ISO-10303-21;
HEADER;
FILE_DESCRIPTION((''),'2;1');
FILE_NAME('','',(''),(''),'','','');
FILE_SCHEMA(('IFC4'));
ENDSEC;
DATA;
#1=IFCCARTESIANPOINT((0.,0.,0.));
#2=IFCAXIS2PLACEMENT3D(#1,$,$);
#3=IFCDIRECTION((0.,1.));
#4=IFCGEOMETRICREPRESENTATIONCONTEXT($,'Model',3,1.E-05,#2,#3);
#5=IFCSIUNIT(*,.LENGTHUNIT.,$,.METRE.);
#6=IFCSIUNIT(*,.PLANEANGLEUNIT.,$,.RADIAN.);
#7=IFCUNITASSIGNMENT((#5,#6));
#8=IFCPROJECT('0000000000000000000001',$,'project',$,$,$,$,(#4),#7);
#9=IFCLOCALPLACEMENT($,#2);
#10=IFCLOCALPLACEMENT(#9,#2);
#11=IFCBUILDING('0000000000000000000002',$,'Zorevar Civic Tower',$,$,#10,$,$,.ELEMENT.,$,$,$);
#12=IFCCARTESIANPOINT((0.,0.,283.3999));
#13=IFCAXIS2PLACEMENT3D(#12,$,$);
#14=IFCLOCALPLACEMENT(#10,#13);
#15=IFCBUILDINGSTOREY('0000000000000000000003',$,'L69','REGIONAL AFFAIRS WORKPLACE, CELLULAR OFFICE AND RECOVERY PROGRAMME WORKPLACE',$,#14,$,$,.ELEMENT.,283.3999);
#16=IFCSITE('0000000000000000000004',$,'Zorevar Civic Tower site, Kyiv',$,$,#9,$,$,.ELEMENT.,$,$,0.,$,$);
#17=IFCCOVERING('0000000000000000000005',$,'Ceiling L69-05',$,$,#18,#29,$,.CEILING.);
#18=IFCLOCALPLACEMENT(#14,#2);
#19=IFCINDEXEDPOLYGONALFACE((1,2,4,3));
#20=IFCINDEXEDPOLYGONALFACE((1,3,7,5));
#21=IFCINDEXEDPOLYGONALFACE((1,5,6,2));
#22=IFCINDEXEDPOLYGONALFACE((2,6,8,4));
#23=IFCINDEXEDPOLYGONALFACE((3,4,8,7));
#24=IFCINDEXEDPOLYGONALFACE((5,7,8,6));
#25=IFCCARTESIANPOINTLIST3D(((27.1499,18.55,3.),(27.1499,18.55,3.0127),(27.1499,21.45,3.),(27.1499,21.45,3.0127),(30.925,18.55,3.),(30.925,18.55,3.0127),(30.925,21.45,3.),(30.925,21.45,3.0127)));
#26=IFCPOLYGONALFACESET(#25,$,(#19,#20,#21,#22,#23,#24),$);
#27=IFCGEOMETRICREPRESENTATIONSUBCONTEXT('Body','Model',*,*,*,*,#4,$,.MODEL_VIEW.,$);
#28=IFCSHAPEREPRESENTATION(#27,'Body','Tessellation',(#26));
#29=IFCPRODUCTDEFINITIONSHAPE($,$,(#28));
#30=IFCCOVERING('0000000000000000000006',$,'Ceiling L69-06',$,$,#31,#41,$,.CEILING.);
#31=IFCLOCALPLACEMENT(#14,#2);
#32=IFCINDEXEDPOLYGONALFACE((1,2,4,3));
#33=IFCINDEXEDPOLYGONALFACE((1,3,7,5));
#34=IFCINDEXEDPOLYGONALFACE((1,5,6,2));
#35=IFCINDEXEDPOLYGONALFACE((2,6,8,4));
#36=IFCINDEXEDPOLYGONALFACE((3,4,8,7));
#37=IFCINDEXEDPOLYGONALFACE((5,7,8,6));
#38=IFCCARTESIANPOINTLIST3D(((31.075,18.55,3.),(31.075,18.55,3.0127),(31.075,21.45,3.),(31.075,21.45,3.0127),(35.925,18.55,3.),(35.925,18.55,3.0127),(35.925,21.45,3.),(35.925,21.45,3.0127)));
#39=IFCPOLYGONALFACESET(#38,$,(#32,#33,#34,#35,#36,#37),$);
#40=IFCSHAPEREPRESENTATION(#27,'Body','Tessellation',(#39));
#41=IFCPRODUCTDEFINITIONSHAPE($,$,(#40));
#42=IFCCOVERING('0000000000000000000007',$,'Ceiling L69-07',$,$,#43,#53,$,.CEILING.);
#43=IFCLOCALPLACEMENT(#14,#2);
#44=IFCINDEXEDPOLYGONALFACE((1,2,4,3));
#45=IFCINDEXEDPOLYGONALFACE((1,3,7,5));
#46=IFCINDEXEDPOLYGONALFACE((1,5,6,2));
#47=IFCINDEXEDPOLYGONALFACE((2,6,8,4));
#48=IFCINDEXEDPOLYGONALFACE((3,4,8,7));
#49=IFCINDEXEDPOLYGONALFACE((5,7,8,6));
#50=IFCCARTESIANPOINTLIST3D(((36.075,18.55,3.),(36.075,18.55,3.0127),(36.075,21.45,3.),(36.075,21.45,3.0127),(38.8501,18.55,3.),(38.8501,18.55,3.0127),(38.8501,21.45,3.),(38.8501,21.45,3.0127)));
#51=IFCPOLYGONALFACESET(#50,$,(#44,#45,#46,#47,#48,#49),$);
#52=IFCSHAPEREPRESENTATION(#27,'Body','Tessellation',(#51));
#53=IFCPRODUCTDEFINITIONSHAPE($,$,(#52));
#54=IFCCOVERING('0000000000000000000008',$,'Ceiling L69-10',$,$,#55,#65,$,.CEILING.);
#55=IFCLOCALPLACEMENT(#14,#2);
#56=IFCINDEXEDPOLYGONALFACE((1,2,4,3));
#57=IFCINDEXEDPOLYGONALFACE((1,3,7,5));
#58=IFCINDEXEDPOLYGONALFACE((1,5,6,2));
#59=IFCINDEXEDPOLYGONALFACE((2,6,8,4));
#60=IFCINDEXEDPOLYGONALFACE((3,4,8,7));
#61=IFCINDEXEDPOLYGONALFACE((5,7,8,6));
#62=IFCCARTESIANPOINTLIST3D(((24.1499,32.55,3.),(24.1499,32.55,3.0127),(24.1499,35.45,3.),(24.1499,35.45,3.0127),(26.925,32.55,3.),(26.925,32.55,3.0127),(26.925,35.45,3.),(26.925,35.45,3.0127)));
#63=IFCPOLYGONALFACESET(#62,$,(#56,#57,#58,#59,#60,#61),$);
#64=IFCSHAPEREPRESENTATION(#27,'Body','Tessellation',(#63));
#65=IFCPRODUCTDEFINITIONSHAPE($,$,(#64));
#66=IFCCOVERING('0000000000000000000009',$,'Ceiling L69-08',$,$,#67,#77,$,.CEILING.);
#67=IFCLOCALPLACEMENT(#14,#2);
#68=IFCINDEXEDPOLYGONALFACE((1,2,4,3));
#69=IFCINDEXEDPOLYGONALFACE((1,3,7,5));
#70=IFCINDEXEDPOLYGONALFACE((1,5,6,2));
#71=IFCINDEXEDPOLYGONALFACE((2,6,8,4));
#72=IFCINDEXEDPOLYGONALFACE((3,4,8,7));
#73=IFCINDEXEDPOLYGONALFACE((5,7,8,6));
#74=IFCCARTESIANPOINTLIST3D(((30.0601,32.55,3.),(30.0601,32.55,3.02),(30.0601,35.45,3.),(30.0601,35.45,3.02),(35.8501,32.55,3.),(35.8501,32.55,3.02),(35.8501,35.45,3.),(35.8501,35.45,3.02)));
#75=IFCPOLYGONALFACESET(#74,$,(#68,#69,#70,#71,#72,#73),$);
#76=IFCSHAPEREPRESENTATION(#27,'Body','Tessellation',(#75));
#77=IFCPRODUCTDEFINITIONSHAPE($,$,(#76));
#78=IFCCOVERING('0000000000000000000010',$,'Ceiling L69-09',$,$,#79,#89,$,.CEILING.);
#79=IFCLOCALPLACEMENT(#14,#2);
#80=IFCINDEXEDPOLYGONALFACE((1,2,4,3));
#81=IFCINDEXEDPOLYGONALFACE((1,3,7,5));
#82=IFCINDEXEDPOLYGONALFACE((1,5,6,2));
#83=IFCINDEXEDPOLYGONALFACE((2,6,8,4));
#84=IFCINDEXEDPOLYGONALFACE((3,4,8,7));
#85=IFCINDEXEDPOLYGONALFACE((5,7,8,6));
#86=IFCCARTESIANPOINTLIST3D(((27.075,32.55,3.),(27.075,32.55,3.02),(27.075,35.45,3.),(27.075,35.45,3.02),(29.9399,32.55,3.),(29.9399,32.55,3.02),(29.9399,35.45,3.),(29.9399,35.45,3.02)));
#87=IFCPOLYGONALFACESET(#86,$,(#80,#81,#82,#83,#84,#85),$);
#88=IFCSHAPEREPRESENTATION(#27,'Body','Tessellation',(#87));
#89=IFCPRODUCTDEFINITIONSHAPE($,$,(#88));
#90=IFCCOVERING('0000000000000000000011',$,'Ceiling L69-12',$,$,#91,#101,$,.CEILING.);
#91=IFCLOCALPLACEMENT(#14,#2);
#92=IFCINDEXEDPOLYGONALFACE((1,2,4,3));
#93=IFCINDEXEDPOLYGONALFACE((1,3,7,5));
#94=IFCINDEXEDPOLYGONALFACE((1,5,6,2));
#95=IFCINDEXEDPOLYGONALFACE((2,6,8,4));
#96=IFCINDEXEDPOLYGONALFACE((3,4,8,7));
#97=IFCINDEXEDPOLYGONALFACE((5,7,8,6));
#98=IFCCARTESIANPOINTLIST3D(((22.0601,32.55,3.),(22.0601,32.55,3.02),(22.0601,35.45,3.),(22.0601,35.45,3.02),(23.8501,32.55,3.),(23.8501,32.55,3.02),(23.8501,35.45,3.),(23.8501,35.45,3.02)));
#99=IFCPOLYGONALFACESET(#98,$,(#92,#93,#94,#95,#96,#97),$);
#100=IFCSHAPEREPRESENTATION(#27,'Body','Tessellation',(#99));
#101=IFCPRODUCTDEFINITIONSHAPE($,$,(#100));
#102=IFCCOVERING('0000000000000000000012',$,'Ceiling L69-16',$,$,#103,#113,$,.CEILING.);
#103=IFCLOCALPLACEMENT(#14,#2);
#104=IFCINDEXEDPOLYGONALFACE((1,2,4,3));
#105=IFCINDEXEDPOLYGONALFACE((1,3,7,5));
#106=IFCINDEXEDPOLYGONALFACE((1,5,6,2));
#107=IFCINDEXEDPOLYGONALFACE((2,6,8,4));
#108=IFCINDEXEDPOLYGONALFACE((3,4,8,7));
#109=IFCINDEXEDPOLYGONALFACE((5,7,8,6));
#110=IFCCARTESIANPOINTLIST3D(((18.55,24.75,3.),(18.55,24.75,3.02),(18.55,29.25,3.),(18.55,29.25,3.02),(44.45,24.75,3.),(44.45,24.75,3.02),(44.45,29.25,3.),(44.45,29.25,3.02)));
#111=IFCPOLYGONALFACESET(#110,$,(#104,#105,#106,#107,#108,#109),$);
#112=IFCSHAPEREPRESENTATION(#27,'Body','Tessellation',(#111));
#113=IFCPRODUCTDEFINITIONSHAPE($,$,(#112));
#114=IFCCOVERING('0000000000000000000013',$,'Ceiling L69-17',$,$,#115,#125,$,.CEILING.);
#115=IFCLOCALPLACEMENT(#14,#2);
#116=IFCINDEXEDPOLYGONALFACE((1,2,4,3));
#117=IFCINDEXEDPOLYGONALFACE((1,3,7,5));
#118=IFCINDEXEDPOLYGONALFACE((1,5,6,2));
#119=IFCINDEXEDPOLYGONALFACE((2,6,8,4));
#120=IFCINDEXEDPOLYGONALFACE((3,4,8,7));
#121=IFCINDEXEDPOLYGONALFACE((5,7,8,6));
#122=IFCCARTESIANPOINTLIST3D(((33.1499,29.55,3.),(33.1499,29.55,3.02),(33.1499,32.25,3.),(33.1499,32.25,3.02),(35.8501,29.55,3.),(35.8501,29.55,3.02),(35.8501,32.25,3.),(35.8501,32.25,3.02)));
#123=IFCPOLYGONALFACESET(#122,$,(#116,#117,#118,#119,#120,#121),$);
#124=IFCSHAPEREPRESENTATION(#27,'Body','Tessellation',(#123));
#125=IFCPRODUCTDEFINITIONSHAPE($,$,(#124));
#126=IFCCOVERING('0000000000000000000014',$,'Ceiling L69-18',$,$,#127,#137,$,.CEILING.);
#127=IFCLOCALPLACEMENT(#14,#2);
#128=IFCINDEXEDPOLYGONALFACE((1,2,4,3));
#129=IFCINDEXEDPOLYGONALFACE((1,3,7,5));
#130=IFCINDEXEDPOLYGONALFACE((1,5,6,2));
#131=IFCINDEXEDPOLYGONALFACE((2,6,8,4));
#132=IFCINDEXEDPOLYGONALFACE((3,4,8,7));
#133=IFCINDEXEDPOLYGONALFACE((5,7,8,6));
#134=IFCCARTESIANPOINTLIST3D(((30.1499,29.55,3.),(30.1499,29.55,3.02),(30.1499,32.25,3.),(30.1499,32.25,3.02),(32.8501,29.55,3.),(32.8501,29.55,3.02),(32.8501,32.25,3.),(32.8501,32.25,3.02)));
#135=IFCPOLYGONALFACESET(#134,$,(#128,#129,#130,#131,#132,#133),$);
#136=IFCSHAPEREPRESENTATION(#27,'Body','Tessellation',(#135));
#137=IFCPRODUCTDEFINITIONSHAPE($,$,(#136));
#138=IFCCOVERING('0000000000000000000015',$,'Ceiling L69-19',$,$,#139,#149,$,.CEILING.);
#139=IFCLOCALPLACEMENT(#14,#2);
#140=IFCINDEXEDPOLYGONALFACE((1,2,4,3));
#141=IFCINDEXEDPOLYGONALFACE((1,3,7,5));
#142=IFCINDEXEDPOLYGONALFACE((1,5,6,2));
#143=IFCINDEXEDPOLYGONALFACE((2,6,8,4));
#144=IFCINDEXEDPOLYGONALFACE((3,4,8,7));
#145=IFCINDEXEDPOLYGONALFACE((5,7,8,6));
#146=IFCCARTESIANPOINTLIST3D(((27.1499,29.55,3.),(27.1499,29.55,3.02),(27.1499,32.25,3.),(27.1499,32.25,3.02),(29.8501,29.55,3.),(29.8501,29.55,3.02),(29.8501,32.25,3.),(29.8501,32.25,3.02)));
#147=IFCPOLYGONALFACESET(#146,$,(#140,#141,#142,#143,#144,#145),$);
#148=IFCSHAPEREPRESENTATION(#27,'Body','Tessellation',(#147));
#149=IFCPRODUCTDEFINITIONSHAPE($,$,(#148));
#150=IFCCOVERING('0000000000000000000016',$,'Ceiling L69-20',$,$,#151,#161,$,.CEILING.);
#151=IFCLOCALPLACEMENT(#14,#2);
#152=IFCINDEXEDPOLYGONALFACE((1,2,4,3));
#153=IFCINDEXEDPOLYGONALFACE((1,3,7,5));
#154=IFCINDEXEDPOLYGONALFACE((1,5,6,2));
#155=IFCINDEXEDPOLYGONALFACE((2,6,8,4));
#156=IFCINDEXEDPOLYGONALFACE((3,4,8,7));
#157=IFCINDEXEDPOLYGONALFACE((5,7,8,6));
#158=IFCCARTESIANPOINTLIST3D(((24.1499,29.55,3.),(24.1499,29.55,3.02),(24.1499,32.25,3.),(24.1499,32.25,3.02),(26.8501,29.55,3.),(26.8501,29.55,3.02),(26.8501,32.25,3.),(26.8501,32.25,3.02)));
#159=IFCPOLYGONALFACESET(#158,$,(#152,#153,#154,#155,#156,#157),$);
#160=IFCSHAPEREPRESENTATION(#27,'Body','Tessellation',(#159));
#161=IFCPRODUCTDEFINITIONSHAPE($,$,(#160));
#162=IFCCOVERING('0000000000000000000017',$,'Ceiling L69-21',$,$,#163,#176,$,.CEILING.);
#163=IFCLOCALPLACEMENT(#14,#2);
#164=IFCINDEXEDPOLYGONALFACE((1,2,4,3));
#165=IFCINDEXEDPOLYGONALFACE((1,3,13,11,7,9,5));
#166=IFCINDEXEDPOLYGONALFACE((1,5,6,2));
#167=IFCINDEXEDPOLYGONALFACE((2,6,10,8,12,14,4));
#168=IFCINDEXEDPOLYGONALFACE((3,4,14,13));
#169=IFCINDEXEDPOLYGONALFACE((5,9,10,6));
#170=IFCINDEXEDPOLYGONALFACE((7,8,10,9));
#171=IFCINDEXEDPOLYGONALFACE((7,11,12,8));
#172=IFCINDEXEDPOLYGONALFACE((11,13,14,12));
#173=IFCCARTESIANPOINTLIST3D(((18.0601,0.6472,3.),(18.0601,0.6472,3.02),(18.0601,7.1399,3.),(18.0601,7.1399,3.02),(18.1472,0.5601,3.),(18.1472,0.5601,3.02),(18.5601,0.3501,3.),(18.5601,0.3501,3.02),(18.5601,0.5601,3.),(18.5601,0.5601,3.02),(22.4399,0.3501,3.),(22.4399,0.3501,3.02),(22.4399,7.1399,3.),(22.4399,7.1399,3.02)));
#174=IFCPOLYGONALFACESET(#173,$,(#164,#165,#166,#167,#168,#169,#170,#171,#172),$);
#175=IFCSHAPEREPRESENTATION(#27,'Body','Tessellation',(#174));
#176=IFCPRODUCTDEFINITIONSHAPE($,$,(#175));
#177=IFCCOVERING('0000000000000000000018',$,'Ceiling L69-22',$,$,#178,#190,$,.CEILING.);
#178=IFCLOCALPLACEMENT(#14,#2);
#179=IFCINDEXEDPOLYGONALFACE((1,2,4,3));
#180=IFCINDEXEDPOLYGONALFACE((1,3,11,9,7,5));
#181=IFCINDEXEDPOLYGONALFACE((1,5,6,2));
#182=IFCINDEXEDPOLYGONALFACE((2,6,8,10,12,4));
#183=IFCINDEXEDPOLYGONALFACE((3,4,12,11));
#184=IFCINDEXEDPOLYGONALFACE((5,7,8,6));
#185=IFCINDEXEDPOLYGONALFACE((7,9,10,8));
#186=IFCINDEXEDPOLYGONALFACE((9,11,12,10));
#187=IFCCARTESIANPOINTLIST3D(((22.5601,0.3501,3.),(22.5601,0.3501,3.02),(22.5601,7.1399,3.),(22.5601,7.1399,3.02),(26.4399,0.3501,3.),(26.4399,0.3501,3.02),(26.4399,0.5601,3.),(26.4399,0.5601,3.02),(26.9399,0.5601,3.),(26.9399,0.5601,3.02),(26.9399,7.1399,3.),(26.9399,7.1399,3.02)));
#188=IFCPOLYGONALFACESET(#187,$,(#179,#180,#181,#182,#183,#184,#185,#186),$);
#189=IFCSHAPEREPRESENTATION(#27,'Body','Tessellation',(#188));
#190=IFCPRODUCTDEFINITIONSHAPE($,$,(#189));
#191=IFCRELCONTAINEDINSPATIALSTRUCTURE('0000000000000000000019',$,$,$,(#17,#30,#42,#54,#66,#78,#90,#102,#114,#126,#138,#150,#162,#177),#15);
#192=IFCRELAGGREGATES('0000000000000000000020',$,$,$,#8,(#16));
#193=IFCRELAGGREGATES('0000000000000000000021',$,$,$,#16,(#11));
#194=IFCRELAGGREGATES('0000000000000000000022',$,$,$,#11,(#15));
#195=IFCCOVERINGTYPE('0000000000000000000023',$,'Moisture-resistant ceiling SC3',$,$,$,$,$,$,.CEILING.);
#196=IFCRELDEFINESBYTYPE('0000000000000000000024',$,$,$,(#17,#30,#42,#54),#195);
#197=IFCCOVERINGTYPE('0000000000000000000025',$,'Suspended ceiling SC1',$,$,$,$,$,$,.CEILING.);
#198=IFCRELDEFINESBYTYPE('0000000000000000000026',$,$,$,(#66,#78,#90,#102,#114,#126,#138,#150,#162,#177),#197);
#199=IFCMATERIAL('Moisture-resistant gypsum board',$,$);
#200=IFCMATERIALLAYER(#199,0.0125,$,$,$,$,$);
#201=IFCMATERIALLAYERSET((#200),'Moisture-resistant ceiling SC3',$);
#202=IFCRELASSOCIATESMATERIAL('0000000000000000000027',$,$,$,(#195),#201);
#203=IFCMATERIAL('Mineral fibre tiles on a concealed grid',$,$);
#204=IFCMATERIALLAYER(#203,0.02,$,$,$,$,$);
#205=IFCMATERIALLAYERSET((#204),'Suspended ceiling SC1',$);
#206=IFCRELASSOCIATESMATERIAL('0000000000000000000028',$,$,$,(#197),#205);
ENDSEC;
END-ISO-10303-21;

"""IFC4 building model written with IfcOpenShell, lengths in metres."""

from ifc_helpers import new_model, si_unit, direction, frame, origin, place, context, subcontext, project, spatial, polyline, outline, extrude, material, layer, layer_set, type_object, element, save


model = new_model("IFC4")

# Units and contexts
model_context = context("Model", 3, precision=1e-05, world=origin(), true_north=direction((0.0, 1.0)))
body_context = subcontext(model_context, "Body", "Model", "MODEL_VIEW")
ifc_project = project(units=[si_unit("LENGTHUNIT", "METRE"), si_unit("PLANEANGLEUNIT", "RADIAN")], contexts=[model_context])

# Site, building, storey
site_placement = place(None, origin())
site = spatial("IfcSite", under=ifc_project, at=site_placement, Name="Zorevar Civic Tower site, Kyiv", CompositionType="ELEMENT", RefElevation=0.0)
building_placement = place(site_placement, origin())
building = spatial("IfcBuilding", under=site, at=building_placement, Name="Zorevar Civic Tower", CompositionType="ELEMENT")
storey_placement = place(building_placement, frame((0.0, 0.0, 283.3999)))
storey = spatial("IfcBuildingStorey", under=building, at=storey_placement, Name="L69", Description="REGIONAL AFFAIRS WORKPLACE, CELLULAR OFFICE AND RECOVERY PROGRAMME WORKPLACE", CompositionType="ELEMENT", Elevation=283.3999)

# Coverings
ifc_material_1 = material(Name="Moisture-resistant gypsum board")
ifc_layer_1 = layer(ifc_material_1, 0.0125)
ifc_layer_set_1 = layer_set([ifc_layer_1], Name="Moisture-resistant ceiling SC3")
covering_type_1 = type_object("IfcCoveringType", Name="Moisture-resistant ceiling SC3", PredefinedType="CEILING", material=ifc_layer_set_1)
covering_1_placement = place(storey_placement, frame((0.0, 0.0, 3.0)))
element("IfcCovering", 1, at=covering_1_placement, inside=storey, type_object=covering_type_1, Name="Ceiling L69-05", PredefinedType="CEILING", context=body_context, shape_type="SweptSolid", body=[
    extrude(outline(polyline([(30.925, 18.55), (30.925, 21.45), (27.1499, 21.45), (27.1499, 18.55), (30.925, 18.55)])), origin(), (0.0, 0.0, 1.0), 0.0127),
])
covering_2_placement = place(storey_placement, frame((0.0, 0.0, 3.0)))
element("IfcCovering", 2, at=covering_2_placement, inside=storey, type_object=covering_type_1, Name="Ceiling L69-06", PredefinedType="CEILING", context=body_context, shape_type="SweptSolid", body=[
    extrude(outline(polyline([(35.925, 18.55), (35.925, 21.45), (31.075, 21.45), (31.075, 18.55), (35.925, 18.55)])), origin(), (0.0, 0.0, 1.0), 0.0127),
])
covering_3_placement = place(storey_placement, frame((0.0, 0.0, 3.0)))
element("IfcCovering", 3, at=covering_3_placement, inside=storey, type_object=covering_type_1, Name="Ceiling L69-07", PredefinedType="CEILING", context=body_context, shape_type="SweptSolid", body=[
    extrude(outline(polyline([(38.8501, 18.55), (38.8501, 21.45), (36.075, 21.45), (36.075, 18.55), (38.8501, 18.55)])), origin(), (0.0, 0.0, 1.0), 0.0127),
])
covering_4_placement = place(storey_placement, frame((0.0, 0.0, 3.0)))
element("IfcCovering", 4, at=covering_4_placement, inside=storey, type_object=covering_type_1, Name="Ceiling L69-10", PredefinedType="CEILING", context=body_context, shape_type="SweptSolid", body=[
    extrude(outline(polyline([(26.925, 32.55), (26.925, 35.45), (24.1499, 35.45), (24.1499, 32.55), (26.925, 32.55)])), origin(), (0.0, 0.0, 1.0), 0.0127),
])
ifc_material_2 = material(Name="Mineral fibre tiles on a concealed grid")
ifc_layer_2 = layer(ifc_material_2, 0.02)
ifc_layer_set_2 = layer_set([ifc_layer_2], Name="Suspended ceiling SC1")
covering_type_2 = type_object("IfcCoveringType", Name="Suspended ceiling SC1", PredefinedType="CEILING", material=ifc_layer_set_2)
covering_5_placement = place(storey_placement, frame((0.0, 0.0, 3.0)))
element("IfcCovering", 5, at=covering_5_placement, inside=storey, type_object=covering_type_2, Name="Ceiling L69-08", PredefinedType="CEILING", context=body_context, shape_type="SweptSolid", body=[
    extrude(outline(polyline([(35.8501, 32.55), (35.8501, 35.45), (30.0601, 35.45), (30.0601, 32.55), (35.8501, 32.55)])), origin(), (0.0, 0.0, 1.0), 0.02),
])
covering_6_placement = place(storey_placement, frame((0.0, 0.0, 3.0)))
element("IfcCovering", 6, at=covering_6_placement, inside=storey, type_object=covering_type_2, Name="Ceiling L69-09", PredefinedType="CEILING", context=body_context, shape_type="SweptSolid", body=[
    extrude(outline(polyline([(29.9399, 32.55), (29.9399, 35.45), (27.075, 35.45), (27.075, 32.55), (29.9399, 32.55)])), origin(), (0.0, 0.0, 1.0), 0.02),
])
covering_7_placement = place(storey_placement, frame((0.0, 0.0, 3.0)))
element("IfcCovering", 7, at=covering_7_placement, inside=storey, type_object=covering_type_2, Name="Ceiling L69-12", PredefinedType="CEILING", context=body_context, shape_type="SweptSolid", body=[
    extrude(outline(polyline([(23.8501, 32.55), (23.8501, 35.45), (22.0601, 35.45), (22.0601, 32.55), (23.8501, 32.55)])), origin(), (0.0, 0.0, 1.0), 0.02),
])
covering_8_placement = place(storey_placement, frame((0.0, 0.0, 3.0)))
element("IfcCovering", 8, at=covering_8_placement, inside=storey, type_object=covering_type_2, Name="Ceiling L69-16", PredefinedType="CEILING", context=body_context, shape_type="SweptSolid", body=[
    extrude(outline(polyline([(44.45, 24.75), (44.45, 29.25), (18.55, 29.25), (18.55, 24.75), (44.45, 24.75)])), origin(), (0.0, 0.0, 1.0), 0.02),
])
covering_9_placement = place(storey_placement, frame((0.0, 0.0, 3.0)))
element("IfcCovering", 9, at=covering_9_placement, inside=storey, type_object=covering_type_2, Name="Ceiling L69-17", PredefinedType="CEILING", context=body_context, shape_type="SweptSolid", body=[
    extrude(outline(polyline([(35.8501, 29.55), (35.8501, 32.25), (33.1499, 32.25), (33.1499, 29.55), (35.8501, 29.55)])), origin(), (0.0, 0.0, 1.0), 0.02),
])
covering_10_placement = place(storey_placement, frame((0.0, 0.0, 3.0)))
element("IfcCovering", 10, at=covering_10_placement, inside=storey, type_object=covering_type_2, Name="Ceiling L69-18", PredefinedType="CEILING", context=body_context, shape_type="SweptSolid", body=[
    extrude(outline(polyline([(32.8501, 29.55), (32.8501, 32.25), (30.1499, 32.25), (30.1499, 29.55), (32.8501, 29.55)])), origin(), (0.0, 0.0, 1.0), 0.02),
])
covering_11_placement = place(storey_placement, frame((0.0, 0.0, 3.0)))
element("IfcCovering", 11, at=covering_11_placement, inside=storey, type_object=covering_type_2, Name="Ceiling L69-19", PredefinedType="CEILING", context=body_context, shape_type="SweptSolid", body=[
    extrude(outline(polyline([(29.8501, 29.55), (29.8501, 32.25), (27.1499, 32.25), (27.1499, 29.55), (29.8501, 29.55)])), origin(), (0.0, 0.0, 1.0), 0.02),
])
covering_12_placement = place(storey_placement, frame((0.0, 0.0, 3.0)))
element("IfcCovering", 12, at=covering_12_placement, inside=storey, type_object=covering_type_2, Name="Ceiling L69-20", PredefinedType="CEILING", context=body_context, shape_type="SweptSolid", body=[
    extrude(outline(polyline([(26.8501, 29.55), (26.8501, 32.25), (24.1499, 32.25), (24.1499, 29.55), (26.8501, 29.55)])), origin(), (0.0, 0.0, 1.0), 0.02),
])
covering_13_placement = place(storey_placement, frame((0.0, 0.0, 3.0)))
element("IfcCovering", 13, at=covering_13_placement, inside=storey, type_object=covering_type_2, Name="Ceiling L69-21", PredefinedType="CEILING", context=body_context, shape_type="SweptSolid", body=[
    extrude(outline(polyline([(22.4399, 0.3501), (18.5601, 0.3501), (18.5601, 0.5601), (18.1472, 0.5601), (18.0601, 0.6472), (18.0601, 7.1399), (22.4399, 7.1399), (22.4399, 0.3501)])), origin(), (0.0, 0.0, 1.0), 0.02),
])
covering_14_placement = place(storey_placement, frame((0.0, 0.0, 3.0)))
element("IfcCovering", 14, at=covering_14_placement, inside=storey, type_object=covering_type_2, Name="Ceiling L69-22", PredefinedType="CEILING", context=body_context, shape_type="SweptSolid", body=[
    extrude(outline(polyline([(26.9399, 7.1399), (26.9399, 0.5601), (26.4399, 0.5601), (26.4399, 0.3501), (22.5601, 0.3501), (22.5601, 7.1399), (26.9399, 7.1399)])), origin(), (0.0, 0.0, 1.0), 0.02),
])

save(model, "model.ifc")
